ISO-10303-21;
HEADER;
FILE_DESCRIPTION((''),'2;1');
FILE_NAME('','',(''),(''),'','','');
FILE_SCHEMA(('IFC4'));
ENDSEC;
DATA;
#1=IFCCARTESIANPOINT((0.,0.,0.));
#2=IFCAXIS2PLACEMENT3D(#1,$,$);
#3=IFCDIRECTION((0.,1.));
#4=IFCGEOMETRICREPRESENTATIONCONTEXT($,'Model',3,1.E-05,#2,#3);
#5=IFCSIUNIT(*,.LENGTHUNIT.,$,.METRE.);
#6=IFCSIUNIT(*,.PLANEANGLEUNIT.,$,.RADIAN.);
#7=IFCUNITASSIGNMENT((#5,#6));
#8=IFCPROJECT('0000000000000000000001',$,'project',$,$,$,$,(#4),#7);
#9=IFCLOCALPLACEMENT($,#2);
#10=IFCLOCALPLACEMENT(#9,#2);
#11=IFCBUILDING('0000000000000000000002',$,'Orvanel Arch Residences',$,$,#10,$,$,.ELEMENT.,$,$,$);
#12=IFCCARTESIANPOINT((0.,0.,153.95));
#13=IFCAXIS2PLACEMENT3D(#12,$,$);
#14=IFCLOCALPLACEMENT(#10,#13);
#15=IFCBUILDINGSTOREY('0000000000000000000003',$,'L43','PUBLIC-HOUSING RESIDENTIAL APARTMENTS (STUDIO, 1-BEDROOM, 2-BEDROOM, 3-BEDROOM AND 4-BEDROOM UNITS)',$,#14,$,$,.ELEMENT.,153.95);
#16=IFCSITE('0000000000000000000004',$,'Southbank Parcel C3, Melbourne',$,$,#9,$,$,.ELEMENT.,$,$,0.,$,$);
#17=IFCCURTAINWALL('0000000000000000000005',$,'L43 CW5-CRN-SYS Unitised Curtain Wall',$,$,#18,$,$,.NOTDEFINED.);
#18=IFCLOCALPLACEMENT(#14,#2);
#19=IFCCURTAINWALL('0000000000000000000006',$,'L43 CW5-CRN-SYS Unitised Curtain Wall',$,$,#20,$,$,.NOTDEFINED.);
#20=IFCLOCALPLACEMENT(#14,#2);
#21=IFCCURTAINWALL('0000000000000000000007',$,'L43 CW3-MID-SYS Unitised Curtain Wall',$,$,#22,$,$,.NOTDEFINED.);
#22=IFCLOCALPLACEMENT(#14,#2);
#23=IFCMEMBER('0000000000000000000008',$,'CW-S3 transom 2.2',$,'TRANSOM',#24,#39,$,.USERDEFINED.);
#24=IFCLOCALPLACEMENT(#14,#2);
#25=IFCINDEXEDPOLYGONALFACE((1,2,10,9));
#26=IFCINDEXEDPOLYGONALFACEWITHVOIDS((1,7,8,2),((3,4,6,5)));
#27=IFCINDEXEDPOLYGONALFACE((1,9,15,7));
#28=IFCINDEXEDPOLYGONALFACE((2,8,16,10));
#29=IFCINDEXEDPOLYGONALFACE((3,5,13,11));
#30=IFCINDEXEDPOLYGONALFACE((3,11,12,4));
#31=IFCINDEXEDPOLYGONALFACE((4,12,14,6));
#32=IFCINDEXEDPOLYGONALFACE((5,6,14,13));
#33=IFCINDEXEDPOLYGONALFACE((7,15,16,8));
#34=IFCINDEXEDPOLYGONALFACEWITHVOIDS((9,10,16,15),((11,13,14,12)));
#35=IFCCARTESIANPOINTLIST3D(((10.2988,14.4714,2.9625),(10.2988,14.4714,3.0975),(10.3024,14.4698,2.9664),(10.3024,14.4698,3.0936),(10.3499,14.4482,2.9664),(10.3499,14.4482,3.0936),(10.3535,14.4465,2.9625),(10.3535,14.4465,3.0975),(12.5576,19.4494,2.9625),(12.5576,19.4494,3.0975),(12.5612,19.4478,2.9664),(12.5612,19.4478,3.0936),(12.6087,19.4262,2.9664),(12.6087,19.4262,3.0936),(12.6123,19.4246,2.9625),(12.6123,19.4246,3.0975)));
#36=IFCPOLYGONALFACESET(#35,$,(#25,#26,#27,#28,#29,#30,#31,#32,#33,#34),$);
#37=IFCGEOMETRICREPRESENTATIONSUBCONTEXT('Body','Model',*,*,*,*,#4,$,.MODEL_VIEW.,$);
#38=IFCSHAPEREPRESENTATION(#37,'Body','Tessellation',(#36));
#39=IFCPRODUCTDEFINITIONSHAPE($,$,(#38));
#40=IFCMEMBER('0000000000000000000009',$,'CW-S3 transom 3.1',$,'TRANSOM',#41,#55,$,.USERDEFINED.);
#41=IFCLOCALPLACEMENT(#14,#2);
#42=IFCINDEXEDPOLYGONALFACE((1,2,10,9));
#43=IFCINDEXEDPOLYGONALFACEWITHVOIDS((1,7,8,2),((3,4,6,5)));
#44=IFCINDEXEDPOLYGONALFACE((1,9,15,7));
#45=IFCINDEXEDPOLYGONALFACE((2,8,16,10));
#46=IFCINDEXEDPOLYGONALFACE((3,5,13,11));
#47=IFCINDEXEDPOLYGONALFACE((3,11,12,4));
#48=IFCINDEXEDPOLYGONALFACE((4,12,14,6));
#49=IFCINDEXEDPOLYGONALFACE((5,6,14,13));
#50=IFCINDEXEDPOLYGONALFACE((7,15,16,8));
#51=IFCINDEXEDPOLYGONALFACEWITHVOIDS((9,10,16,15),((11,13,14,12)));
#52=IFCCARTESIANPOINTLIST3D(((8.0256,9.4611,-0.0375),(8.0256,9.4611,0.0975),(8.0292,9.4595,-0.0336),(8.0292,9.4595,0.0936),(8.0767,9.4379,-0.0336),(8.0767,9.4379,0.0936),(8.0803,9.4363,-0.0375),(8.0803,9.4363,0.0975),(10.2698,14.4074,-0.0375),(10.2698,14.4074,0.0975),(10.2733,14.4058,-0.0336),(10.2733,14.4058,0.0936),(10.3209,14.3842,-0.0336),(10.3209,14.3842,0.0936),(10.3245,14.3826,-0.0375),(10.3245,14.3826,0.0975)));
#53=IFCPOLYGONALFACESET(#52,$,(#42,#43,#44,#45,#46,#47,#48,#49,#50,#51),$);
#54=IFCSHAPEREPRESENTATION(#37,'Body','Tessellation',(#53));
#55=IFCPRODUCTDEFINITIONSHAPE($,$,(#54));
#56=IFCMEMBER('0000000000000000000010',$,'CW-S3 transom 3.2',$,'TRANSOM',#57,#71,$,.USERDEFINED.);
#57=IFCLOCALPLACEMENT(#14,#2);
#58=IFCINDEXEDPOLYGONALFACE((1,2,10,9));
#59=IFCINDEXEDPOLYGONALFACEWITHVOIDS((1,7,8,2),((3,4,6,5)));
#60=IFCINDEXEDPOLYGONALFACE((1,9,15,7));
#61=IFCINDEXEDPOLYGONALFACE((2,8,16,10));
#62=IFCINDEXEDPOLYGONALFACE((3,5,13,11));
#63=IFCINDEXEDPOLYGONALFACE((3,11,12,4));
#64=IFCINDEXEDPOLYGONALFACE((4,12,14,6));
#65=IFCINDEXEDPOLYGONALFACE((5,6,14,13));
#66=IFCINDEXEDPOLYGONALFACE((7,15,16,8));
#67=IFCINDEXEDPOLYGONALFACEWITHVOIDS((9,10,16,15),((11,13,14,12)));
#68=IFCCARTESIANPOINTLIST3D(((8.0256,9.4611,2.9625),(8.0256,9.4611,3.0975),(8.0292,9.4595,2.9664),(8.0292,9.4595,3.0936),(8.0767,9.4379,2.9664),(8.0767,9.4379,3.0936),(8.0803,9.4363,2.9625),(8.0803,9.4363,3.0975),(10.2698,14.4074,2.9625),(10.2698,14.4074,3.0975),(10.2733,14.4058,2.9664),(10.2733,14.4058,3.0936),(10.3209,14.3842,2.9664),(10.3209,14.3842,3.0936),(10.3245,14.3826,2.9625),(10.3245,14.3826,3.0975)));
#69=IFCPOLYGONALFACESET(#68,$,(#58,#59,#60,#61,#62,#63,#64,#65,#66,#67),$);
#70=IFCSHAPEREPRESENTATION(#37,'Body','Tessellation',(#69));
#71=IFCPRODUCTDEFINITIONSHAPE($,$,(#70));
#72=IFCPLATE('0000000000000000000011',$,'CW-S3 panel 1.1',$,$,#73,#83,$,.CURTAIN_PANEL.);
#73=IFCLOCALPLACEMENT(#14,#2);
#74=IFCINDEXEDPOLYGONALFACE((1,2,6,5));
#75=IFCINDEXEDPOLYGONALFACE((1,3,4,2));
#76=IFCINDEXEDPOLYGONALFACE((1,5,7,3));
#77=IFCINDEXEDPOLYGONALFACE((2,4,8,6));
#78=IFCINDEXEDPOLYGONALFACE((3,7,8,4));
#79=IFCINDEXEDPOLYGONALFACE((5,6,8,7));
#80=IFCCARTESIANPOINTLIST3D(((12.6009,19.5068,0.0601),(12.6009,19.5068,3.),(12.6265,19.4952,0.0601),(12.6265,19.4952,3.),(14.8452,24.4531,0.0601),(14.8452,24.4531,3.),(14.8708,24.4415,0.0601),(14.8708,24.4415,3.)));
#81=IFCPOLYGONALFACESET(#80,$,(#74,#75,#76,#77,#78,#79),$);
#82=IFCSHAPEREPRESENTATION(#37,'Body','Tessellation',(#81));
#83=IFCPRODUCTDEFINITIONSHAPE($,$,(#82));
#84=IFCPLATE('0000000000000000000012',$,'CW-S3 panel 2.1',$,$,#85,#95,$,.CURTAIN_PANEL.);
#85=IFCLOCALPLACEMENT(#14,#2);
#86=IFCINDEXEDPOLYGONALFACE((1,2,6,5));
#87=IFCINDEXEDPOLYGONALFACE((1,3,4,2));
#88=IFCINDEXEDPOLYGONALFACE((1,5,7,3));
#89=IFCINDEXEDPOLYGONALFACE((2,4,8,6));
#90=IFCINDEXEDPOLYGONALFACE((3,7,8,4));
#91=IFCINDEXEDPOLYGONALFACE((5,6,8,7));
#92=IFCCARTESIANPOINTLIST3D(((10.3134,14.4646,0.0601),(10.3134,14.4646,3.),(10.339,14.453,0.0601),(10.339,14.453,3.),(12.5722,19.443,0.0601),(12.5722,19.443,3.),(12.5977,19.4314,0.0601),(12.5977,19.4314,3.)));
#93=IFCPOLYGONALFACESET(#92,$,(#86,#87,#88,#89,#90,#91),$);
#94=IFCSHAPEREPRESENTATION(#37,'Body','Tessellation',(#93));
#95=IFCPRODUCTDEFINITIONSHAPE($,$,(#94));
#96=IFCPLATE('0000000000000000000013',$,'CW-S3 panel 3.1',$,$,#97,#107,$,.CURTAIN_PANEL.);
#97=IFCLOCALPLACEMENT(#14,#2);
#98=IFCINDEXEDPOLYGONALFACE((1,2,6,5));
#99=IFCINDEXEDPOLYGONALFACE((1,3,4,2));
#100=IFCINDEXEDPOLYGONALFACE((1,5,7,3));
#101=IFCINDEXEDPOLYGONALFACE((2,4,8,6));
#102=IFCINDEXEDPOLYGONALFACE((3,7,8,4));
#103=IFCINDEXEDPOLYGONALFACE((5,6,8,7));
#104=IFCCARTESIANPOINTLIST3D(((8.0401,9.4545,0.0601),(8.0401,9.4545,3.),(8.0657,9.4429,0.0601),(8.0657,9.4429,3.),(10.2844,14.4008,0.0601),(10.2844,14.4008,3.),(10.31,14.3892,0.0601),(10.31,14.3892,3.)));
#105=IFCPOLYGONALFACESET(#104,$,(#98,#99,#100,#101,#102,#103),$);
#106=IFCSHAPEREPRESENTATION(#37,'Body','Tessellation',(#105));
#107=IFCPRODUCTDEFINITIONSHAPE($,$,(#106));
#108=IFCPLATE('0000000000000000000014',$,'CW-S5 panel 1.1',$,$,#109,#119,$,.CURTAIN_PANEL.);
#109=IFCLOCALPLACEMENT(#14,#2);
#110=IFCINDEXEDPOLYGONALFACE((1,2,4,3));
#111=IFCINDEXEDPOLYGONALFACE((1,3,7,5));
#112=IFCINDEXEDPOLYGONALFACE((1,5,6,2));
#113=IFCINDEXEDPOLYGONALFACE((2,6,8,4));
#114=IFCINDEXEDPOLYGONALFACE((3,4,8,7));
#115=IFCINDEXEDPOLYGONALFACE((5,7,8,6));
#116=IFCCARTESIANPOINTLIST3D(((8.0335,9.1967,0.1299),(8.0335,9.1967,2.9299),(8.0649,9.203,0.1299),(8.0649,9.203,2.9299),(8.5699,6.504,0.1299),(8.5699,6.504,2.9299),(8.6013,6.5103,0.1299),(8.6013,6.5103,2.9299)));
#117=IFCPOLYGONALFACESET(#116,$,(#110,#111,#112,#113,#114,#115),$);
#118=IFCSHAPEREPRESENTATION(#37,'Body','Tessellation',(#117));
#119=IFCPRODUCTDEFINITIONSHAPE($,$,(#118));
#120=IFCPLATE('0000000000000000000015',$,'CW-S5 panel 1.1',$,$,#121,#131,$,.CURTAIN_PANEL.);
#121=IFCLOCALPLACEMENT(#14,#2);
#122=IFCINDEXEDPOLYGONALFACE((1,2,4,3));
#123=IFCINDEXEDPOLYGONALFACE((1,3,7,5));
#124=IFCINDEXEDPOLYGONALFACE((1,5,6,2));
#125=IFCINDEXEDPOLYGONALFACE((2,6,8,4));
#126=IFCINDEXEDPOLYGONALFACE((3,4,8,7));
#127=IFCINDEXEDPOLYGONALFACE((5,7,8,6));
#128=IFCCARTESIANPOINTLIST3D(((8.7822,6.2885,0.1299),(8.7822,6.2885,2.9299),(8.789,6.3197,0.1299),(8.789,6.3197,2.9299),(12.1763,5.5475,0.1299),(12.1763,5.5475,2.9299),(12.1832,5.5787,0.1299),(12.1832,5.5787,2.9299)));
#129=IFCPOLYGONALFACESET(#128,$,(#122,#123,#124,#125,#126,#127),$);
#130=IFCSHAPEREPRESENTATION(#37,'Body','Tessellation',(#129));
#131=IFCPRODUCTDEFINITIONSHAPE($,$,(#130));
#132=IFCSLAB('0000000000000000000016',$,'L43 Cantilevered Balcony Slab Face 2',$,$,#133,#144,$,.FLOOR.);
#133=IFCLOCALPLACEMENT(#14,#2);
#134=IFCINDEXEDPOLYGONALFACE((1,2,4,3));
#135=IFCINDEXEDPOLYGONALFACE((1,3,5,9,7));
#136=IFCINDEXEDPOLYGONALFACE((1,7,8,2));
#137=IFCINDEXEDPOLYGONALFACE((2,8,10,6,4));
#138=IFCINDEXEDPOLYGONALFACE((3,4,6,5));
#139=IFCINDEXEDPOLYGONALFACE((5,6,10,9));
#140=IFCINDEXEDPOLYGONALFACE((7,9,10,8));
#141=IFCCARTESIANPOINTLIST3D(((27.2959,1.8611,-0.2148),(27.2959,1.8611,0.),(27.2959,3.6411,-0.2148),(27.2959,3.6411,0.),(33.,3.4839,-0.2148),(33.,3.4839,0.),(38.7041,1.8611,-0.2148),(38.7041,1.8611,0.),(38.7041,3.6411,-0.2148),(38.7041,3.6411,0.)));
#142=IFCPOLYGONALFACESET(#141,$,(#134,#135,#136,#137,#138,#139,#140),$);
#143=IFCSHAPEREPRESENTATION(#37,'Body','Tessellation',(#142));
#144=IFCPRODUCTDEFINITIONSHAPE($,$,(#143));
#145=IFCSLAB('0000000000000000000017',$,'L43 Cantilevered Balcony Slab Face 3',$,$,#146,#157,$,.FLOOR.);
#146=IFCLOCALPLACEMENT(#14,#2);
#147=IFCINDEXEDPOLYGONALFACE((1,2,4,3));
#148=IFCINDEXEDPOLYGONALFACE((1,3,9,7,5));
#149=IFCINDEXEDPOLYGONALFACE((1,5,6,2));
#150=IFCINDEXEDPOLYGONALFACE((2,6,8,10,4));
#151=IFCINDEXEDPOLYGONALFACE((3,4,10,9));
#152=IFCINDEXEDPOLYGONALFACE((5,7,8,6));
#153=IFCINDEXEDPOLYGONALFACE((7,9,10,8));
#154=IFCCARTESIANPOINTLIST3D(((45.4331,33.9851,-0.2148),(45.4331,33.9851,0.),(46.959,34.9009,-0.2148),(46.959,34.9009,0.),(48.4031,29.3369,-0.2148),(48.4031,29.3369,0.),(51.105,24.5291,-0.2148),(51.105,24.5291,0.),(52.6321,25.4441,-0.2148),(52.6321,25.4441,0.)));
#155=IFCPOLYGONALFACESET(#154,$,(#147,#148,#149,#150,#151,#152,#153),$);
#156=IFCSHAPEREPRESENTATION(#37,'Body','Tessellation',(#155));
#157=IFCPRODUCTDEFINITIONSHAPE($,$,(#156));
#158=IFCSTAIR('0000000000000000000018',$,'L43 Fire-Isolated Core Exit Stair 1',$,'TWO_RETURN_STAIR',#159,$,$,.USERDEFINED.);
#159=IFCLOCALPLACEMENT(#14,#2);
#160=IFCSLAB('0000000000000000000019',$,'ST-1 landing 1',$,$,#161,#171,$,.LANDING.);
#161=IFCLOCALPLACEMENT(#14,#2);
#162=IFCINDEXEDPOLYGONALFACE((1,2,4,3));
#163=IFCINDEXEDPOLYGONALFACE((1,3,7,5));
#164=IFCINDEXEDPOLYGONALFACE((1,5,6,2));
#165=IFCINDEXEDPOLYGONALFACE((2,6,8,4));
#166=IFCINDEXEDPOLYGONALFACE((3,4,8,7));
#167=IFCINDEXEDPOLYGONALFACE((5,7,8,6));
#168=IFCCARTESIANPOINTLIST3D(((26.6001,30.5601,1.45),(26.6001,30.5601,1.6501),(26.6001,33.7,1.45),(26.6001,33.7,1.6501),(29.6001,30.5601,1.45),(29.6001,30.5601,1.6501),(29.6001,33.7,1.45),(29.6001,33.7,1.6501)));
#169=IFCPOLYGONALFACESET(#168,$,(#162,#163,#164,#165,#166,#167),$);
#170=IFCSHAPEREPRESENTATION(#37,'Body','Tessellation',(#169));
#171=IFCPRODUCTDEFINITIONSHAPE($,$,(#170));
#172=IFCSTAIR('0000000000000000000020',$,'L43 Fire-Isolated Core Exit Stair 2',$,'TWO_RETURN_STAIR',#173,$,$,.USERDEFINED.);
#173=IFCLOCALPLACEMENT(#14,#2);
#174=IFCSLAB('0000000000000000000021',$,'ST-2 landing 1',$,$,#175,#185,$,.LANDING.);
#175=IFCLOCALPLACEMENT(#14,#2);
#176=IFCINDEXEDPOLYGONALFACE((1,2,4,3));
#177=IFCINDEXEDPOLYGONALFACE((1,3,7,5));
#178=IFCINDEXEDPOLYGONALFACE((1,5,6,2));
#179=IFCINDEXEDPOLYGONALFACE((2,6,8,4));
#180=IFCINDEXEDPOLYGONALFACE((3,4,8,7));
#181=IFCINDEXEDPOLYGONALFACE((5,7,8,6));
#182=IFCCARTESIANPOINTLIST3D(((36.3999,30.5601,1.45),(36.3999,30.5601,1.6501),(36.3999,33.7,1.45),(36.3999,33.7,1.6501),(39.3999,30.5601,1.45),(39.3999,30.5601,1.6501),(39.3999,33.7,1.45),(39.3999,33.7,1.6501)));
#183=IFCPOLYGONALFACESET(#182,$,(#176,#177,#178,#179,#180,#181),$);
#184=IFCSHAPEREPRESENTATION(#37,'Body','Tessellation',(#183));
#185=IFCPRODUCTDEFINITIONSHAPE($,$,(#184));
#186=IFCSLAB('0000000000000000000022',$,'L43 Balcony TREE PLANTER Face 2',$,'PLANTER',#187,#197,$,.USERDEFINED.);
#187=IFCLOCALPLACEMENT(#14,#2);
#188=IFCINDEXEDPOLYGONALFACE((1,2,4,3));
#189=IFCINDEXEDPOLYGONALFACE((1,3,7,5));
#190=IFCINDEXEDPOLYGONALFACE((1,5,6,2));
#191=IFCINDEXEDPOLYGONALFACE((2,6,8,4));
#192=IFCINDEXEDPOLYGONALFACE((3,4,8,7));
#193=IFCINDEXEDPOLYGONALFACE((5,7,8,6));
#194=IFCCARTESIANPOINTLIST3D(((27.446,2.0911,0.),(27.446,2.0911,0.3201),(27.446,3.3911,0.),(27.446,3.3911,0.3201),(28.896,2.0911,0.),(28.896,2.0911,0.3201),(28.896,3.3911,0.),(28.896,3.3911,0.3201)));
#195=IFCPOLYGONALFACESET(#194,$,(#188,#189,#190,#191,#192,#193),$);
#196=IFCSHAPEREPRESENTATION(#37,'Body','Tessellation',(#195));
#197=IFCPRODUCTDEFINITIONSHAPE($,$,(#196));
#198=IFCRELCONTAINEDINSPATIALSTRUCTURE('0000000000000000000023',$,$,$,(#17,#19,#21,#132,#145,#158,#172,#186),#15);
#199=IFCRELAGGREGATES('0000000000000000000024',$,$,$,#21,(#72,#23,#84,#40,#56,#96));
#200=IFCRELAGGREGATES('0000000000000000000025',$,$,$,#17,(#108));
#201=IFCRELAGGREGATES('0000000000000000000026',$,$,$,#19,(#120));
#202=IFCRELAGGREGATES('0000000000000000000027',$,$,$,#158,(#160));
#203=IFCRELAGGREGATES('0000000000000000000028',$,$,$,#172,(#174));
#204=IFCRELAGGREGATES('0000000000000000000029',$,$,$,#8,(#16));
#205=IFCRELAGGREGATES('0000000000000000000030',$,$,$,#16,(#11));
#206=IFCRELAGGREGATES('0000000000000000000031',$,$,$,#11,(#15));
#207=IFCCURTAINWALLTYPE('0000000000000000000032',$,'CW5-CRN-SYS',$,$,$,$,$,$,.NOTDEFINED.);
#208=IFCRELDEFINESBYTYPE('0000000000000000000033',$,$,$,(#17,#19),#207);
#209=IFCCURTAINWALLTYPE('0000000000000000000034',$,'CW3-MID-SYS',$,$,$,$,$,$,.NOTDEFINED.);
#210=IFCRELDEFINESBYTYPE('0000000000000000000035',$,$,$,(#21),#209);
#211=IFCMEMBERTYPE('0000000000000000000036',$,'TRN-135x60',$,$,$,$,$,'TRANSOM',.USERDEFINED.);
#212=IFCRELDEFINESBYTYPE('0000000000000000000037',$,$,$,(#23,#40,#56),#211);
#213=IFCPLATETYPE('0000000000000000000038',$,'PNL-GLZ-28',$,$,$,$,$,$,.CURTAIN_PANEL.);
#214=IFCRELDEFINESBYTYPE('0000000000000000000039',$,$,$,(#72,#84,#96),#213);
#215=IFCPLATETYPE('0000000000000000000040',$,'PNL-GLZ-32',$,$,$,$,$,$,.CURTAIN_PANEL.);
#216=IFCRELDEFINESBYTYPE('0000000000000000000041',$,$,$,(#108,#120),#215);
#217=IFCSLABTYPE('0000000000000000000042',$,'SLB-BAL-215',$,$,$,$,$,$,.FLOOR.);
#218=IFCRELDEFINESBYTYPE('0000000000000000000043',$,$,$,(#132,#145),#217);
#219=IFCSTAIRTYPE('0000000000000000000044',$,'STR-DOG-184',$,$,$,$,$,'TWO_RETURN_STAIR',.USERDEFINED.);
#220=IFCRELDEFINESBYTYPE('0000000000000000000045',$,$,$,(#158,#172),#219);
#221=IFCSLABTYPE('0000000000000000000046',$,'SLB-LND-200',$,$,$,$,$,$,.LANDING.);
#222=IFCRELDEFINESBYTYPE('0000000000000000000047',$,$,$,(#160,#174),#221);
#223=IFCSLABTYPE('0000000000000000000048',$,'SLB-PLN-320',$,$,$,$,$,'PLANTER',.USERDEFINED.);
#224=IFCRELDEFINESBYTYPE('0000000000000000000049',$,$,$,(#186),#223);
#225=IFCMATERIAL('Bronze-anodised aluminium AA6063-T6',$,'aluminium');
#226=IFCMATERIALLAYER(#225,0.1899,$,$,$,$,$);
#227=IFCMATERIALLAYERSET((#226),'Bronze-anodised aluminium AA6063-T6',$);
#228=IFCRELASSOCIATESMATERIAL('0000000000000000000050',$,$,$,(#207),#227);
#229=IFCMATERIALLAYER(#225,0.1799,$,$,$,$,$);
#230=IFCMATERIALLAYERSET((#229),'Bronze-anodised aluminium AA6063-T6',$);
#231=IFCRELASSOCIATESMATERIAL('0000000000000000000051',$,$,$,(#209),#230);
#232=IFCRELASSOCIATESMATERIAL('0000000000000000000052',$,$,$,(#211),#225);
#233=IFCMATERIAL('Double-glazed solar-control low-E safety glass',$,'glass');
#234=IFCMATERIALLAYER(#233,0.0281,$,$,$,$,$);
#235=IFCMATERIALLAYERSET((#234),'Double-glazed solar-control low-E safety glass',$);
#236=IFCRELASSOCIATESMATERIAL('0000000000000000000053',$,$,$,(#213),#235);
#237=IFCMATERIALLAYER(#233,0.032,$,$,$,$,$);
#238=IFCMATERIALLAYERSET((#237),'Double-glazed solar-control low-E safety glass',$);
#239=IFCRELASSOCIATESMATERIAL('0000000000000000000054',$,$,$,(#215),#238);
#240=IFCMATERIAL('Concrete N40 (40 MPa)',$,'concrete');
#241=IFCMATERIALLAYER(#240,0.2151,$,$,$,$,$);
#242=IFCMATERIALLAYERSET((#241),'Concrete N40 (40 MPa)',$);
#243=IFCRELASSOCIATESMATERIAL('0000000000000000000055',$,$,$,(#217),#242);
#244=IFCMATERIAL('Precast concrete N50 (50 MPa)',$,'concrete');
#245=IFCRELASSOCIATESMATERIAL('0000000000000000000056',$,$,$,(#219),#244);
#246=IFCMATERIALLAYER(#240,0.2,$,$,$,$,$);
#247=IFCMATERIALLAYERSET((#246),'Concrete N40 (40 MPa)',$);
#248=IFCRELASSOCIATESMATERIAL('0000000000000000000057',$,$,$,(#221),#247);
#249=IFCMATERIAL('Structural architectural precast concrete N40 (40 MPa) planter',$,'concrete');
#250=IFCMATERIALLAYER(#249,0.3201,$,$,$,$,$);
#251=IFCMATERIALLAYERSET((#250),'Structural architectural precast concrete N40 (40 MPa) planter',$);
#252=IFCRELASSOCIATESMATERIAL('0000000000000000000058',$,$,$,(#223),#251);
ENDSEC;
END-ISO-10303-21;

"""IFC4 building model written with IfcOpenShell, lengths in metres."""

from ifc_helpers import new_model, si_unit, direction, frame, origin, origin_2d, place, context, subcontext, project, spatial, polyline, rectangle, hollow_rectangle, outline, extrude, material, layer, layer_set, material_profile, profile_set, type_object, element, aggregate, save


model = new_model("IFC4")

# Units and contexts
model_context = context("Model", 3, precision=1e-05, world=origin(), true_north=direction((0.0, 1.0)))
body_context = subcontext(model_context, "Body", "Model", "MODEL_VIEW")
ifc_project = project(units=[si_unit("LENGTHUNIT", "METRE"), si_unit("PLANEANGLEUNIT", "RADIAN")], contexts=[model_context])

# Site, building, storey
site_placement = place(None, origin())
site = spatial("IfcSite", under=ifc_project, at=site_placement, Name="Southbank Parcel C3, Melbourne", CompositionType="ELEMENT", RefElevation=0.0)
building_placement = place(site_placement, origin())
building = spatial("IfcBuilding", under=site, at=building_placement, Name="Orvanel Arch Residences", CompositionType="ELEMENT")
storey_placement = place(building_placement, frame((0.0, 0.0, 153.95)))
storey = spatial("IfcBuildingStorey", under=building, at=storey_placement, Name="L43", Description="PUBLIC-HOUSING RESIDENTIAL APARTMENTS (STUDIO, 1-BEDROOM, 2-BEDROOM, 3-BEDROOM AND 4-BEDROOM UNITS)", CompositionType="ELEMENT", Elevation=153.95)

# Curtain walls
ifc_material_1 = material(Name="Bronze-anodised aluminium AA6063-T6", Category="aluminium")
ifc_layer_1 = layer(ifc_material_1, 0.1899)
ifc_layer_set_1 = layer_set([ifc_layer_1], Name="Bronze-anodised aluminium AA6063-T6")
curtain_wall_type_1 = type_object("IfcCurtainWallType", Name="CW5-CRN-SYS", PredefinedType="NOTDEFINED", material=ifc_layer_set_1)
curtain_wall_1_placement = place(storey_placement, origin())
curtain_wall_1 = element("IfcCurtainWall", 1, at=curtain_wall_1_placement, inside=storey, type_object=curtain_wall_type_1, Name="L43 CW5-CRN-SYS Unitised Curtain Wall", PredefinedType="NOTDEFINED")
curtain_wall_2_placement = place(storey_placement, origin())
curtain_wall_2 = element("IfcCurtainWall", 2, at=curtain_wall_2_placement, inside=storey, type_object=curtain_wall_type_1, Name="L43 CW5-CRN-SYS Unitised Curtain Wall", PredefinedType="NOTDEFINED")
ifc_layer_2 = layer(ifc_material_1, 0.1799)
ifc_layer_set_2 = layer_set([ifc_layer_2], Name="Bronze-anodised aluminium AA6063-T6")
curtain_wall_type_2 = type_object("IfcCurtainWallType", Name="CW3-MID-SYS", PredefinedType="NOTDEFINED", material=ifc_layer_set_2)
curtain_wall_3_placement = place(storey_placement, origin())
curtain_wall_3 = element("IfcCurtainWall", 3, at=curtain_wall_3_placement, inside=storey, type_object=curtain_wall_type_2, Name="L43 CW3-MID-SYS Unitised Curtain Wall", PredefinedType="NOTDEFINED")

# Members
ifc_material_profile_1 = material_profile(ifc_material_1, hollow_rectangle(XDim=0.0601, YDim=0.135, WallThickness=0.0039, at=origin_2d()), Name="ALU135x60x4")
ifc_profile_set_1 = profile_set([ifc_material_profile_1], Name="Bronze-anodised aluminium AA6063-T6")
member_type_1 = type_object("IfcMemberType", Name="TRN-135x60", ElementType="TRANSOM", PredefinedType="USERDEFINED", material=ifc_profile_set_1)
member_1_placement = place(storey_placement, frame((12.585, 19.437, 3.03), z_axis=(-0.413204, -0.910639, 0.0), x_axis=(0.910639, -0.413204, 0.0)))
member_1 = element("IfcMember", 4, at=member_1_placement, type_object=member_type_1, Name="CW-S3 transom 2.2", ObjectType="TRANSOM", PredefinedType="USERDEFINED", context=body_context, shape_type="SweptSolid", body=[
    extrude(hollow_rectangle(XDim=0.0601, YDim=0.135, WallThickness=0.0039, at=origin_2d()), origin(), (0.0, 0.0, 1.0), 5.4666),
])
member_2_placement = place(storey_placement, frame((10.2971, 14.395, 0.03), z_axis=(-0.413166, -0.910656, 0.0), x_axis=(0.910656, -0.413166, 0.0)))
member_2 = element("IfcMember", 5, at=member_2_placement, type_object=member_type_1, Name="CW-S3 transom 3.1", ObjectType="TRANSOM", PredefinedType="USERDEFINED", context=body_context, shape_type="SweptSolid", body=[
    extrude(hollow_rectangle(XDim=0.0601, YDim=0.135, WallThickness=0.0039, at=origin_2d()), origin(), (0.0, 0.0, 1.0), 5.4316),
])
member_3_placement = place(storey_placement, frame((10.2971, 14.395, 3.03), z_axis=(-0.413166, -0.910656, 0.0), x_axis=(0.910656, -0.413166, 0.0)))
member_3 = element("IfcMember", 6, at=member_3_placement, type_object=member_type_1, Name="CW-S3 transom 3.2", ObjectType="TRANSOM", PredefinedType="USERDEFINED", context=body_context, shape_type="SweptSolid", body=[
    extrude(hollow_rectangle(XDim=0.0601, YDim=0.135, WallThickness=0.0039, at=origin_2d()), origin(), (0.0, 0.0, 1.0), 5.4316),
])

# Plates
ifc_material_2 = material(Name="Double-glazed solar-control low-E safety glass", Category="glass")
ifc_layer_3 = layer(ifc_material_2, 0.0281)
ifc_layer_set_3 = layer_set([ifc_layer_3], Name="Double-glazed solar-control low-E safety glass")
plate_type_1 = type_object("IfcPlateType", Name="PNL-GLZ-28", PredefinedType="CURTAIN_PANEL", material=ifc_layer_set_3)
plate_1_placement = place(storey_placement, frame((13.7358, 21.9741, 0.0601), z_axis=(0.0, 0.0, 1.0), x_axis=(-0.413181, -0.910649, 0.0)))
plate_1 = element("IfcPlate", 7, at=plate_1_placement, type_object=plate_type_1, Name="CW-S3 panel 1.1", PredefinedType="CURTAIN_PANEL", context=body_context, shape_type="SweptSolid", body=[
    extrude(rectangle(XDim=5.4316, YDim=0.0281, at=origin_2d()), origin(), (0.0, 0.0, 1.0), 2.9399),
])
plate_2_placement = place(storey_placement, frame((11.4556, 16.948, 0.0601), z_axis=(0.0, 0.0, 1.0), x_axis=(-0.413181, -0.910649, 0.0)))
plate_2 = element("IfcPlate", 8, at=plate_2_placement, type_object=plate_type_1, Name="CW-S3 panel 2.1", PredefinedType="CURTAIN_PANEL", context=body_context, shape_type="SweptSolid", body=[
    extrude(rectangle(XDim=5.4668, YDim=0.0281, at=origin_2d()), origin(), (0.0, 0.0, 1.0), 2.9399),
])
plate_3_placement = place(storey_placement, frame((9.175, 11.9219, 0.0601), z_axis=(0.0, 0.0, 1.0), x_axis=(-0.413181, -0.910649, 0.0)))
plate_3 = element("IfcPlate", 9, at=plate_3_placement, type_object=plate_type_1, Name="CW-S3 panel 3.1", PredefinedType="CURTAIN_PANEL", context=body_context, shape_type="SweptSolid", body=[
    extrude(rectangle(XDim=5.4316, YDim=0.0281, at=origin_2d()), origin(), (0.0, 0.0, 1.0), 2.9399),
])
aggregate(curtain_wall_3, [plate_1, member_1, plate_2, member_2, member_3, plate_3])
ifc_layer_4 = layer(ifc_material_2, 0.032)
ifc_layer_set_4 = layer_set([ifc_layer_4], Name="Double-glazed solar-control low-E safety glass")
plate_type_2 = type_object("IfcPlateType", Name="PNL-GLZ-32", PredefinedType="CURTAIN_PANEL", material=ifc_layer_set_4)
plate_4_placement = place(storey_placement, frame((8.3174, 7.8535, 0.1299), z_axis=(0.0, 0.0, 1.0), x_axis=(0.195358, -0.980732, 0.0)))
plate_4 = element("IfcPlate", 10, at=plate_4_placement, type_object=plate_type_2, Name="CW-S5 panel 1.1", PredefinedType="CURTAIN_PANEL", context=body_context, shape_type="SweptSolid", body=[
    extrude(rectangle(XDim=2.7456, YDim=0.032, at=origin_2d()), origin(), (0.0, 0.0, 1.0), 2.8),
])
aggregate(curtain_wall_1, [plate_4])
plate_5_placement = place(storey_placement, frame((10.4827, 5.9336, 0.1299), z_axis=(0.0, 0.0, 1.0), x_axis=(0.976988, -0.213294, 0.0)))
plate_5 = element("IfcPlate", 11, at=plate_5_placement, type_object=plate_type_2, Name="CW-S5 panel 1.1", PredefinedType="CURTAIN_PANEL", context=body_context, shape_type="SweptSolid", body=[
    extrude(rectangle(XDim=3.4741, YDim=0.032, at=origin_2d()), origin(), (0.0, 0.0, 1.0), 2.8),
])
aggregate(curtain_wall_2, [plate_5])

# Slabs
ifc_material_3 = material(Name="Concrete N40 (40 MPa)", Category="concrete")
ifc_layer_5 = layer(ifc_material_3, 0.2151)
ifc_layer_set_5 = layer_set([ifc_layer_5], Name="Concrete N40 (40 MPa)")
slab_type_1 = type_object("IfcSlabType", Name="SLB-BAL-215", PredefinedType="FLOOR", material=ifc_layer_set_5)
slab_1_placement = place(storey_placement, frame((0.0, 0.0, -0.2148)))
element("IfcSlab", 12, at=slab_1_placement, inside=storey, type_object=slab_type_1, Name="L43 Cantilevered Balcony Slab Face 2", PredefinedType="FLOOR", context=body_context, shape_type="SweptSolid", body=[
    extrude(outline(polyline([(27.2959, 1.8611), (38.7041, 1.8611), (38.7041, 3.6411), (33.0, 3.4839), (27.2959, 3.6411), (27.2959, 1.8611)])), origin(), (0.0, 0.0, 1.0), 0.2148),
])
slab_2_placement = place(storey_placement, frame((0.0, 0.0, -0.2148)))
element("IfcSlab", 13, at=slab_2_placement, inside=storey, type_object=slab_type_1, Name="L43 Cantilevered Balcony Slab Face 3", PredefinedType="FLOOR", context=body_context, shape_type="SweptSolid", body=[
    extrude(outline(polyline([(52.6321, 25.4441), (46.959, 34.9009), (45.4331, 33.9851), (48.4031, 29.3369), (51.105, 24.5291), (52.6321, 25.4441)])), origin(), (0.0, 0.0, 1.0), 0.2148),
])

# Stairs, slabs
ifc_material_4 = material(Name="Precast concrete N50 (50 MPa)", Category="concrete")
stair_type = type_object("IfcStairType", Name="STR-DOG-184", ElementType="TWO_RETURN_STAIR", PredefinedType="USERDEFINED", material=ifc_material_4)
stair_1_placement = place(storey_placement, origin())
stair_1 = element("IfcStair", 14, at=stair_1_placement, inside=storey, type_object=stair_type, Name="L43 Fire-Isolated Core Exit Stair 1", ObjectType="TWO_RETURN_STAIR", PredefinedType="USERDEFINED")
ifc_layer_6 = layer(ifc_material_3, 0.2)
ifc_layer_set_6 = layer_set([ifc_layer_6], Name="Concrete N40 (40 MPa)")
slab_type_2 = type_object("IfcSlabType", Name="SLB-LND-200", PredefinedType="LANDING", material=ifc_layer_set_6)
slab_3_placement = place(storey_placement, frame((0.0, 0.0, 1.45)))
slab_3 = element("IfcSlab", 15, at=slab_3_placement, type_object=slab_type_2, Name="ST-1 landing 1", PredefinedType="LANDING", context=body_context, shape_type="SweptSolid", body=[
    extrude(outline(polyline([(29.6001, 30.5601), (29.6001, 33.7), (26.6001, 33.7), (26.6001, 30.5601), (29.6001, 30.5601)])), origin(), (0.0, 0.0, 1.0), 0.2002),
])
aggregate(stair_1, [slab_3])
stair_2_placement = place(storey_placement, origin())
stair_2 = element("IfcStair", 16, at=stair_2_placement, inside=storey, type_object=stair_type, Name="L43 Fire-Isolated Core Exit Stair 2", ObjectType="TWO_RETURN_STAIR", PredefinedType="USERDEFINED")
slab_4_placement = place(storey_placement, frame((0.0, 0.0, 1.45)))
slab_4 = element("IfcSlab", 17, at=slab_4_placement, type_object=slab_type_2, Name="ST-2 landing 1", PredefinedType="LANDING", context=body_context, shape_type="SweptSolid", body=[
    extrude(outline(polyline([(39.3999, 30.5601), (39.3999, 33.7), (36.3999, 33.7), (36.3999, 30.5601), (39.3999, 30.5601)])), origin(), (0.0, 0.0, 1.0), 0.2002),
])
aggregate(stair_2, [slab_4])

# Slab
ifc_material_5 = material(Name="Structural architectural precast concrete N40 (40 MPa) planter", Category="concrete")
ifc_layer_7 = layer(ifc_material_5, 0.3201)
ifc_layer_set_7 = layer_set([ifc_layer_7], Name="Structural architectural precast concrete N40 (40 MPa) planter")
slab_type_3 = type_object("IfcSlabType", Name="SLB-PLN-320", ElementType="PLANTER", PredefinedType="USERDEFINED", material=ifc_layer_set_7)
slab_5_placement = place(storey_placement, origin())
element("IfcSlab", 18, at=slab_5_placement, inside=storey, type_object=slab_type_3, Name="L43 Balcony TREE PLANTER Face 2", ObjectType="PLANTER", PredefinedType="USERDEFINED", context=body_context, shape_type="SweptSolid", body=[
    extrude(outline(polyline([(27.446, 2.0911), (28.896, 2.0911), (28.896, 3.3911), (27.446, 3.3911), (27.446, 2.0911)])), origin(), (0.0, 0.0, 1.0), 0.3201),
])

save(model, "model.ifc")
